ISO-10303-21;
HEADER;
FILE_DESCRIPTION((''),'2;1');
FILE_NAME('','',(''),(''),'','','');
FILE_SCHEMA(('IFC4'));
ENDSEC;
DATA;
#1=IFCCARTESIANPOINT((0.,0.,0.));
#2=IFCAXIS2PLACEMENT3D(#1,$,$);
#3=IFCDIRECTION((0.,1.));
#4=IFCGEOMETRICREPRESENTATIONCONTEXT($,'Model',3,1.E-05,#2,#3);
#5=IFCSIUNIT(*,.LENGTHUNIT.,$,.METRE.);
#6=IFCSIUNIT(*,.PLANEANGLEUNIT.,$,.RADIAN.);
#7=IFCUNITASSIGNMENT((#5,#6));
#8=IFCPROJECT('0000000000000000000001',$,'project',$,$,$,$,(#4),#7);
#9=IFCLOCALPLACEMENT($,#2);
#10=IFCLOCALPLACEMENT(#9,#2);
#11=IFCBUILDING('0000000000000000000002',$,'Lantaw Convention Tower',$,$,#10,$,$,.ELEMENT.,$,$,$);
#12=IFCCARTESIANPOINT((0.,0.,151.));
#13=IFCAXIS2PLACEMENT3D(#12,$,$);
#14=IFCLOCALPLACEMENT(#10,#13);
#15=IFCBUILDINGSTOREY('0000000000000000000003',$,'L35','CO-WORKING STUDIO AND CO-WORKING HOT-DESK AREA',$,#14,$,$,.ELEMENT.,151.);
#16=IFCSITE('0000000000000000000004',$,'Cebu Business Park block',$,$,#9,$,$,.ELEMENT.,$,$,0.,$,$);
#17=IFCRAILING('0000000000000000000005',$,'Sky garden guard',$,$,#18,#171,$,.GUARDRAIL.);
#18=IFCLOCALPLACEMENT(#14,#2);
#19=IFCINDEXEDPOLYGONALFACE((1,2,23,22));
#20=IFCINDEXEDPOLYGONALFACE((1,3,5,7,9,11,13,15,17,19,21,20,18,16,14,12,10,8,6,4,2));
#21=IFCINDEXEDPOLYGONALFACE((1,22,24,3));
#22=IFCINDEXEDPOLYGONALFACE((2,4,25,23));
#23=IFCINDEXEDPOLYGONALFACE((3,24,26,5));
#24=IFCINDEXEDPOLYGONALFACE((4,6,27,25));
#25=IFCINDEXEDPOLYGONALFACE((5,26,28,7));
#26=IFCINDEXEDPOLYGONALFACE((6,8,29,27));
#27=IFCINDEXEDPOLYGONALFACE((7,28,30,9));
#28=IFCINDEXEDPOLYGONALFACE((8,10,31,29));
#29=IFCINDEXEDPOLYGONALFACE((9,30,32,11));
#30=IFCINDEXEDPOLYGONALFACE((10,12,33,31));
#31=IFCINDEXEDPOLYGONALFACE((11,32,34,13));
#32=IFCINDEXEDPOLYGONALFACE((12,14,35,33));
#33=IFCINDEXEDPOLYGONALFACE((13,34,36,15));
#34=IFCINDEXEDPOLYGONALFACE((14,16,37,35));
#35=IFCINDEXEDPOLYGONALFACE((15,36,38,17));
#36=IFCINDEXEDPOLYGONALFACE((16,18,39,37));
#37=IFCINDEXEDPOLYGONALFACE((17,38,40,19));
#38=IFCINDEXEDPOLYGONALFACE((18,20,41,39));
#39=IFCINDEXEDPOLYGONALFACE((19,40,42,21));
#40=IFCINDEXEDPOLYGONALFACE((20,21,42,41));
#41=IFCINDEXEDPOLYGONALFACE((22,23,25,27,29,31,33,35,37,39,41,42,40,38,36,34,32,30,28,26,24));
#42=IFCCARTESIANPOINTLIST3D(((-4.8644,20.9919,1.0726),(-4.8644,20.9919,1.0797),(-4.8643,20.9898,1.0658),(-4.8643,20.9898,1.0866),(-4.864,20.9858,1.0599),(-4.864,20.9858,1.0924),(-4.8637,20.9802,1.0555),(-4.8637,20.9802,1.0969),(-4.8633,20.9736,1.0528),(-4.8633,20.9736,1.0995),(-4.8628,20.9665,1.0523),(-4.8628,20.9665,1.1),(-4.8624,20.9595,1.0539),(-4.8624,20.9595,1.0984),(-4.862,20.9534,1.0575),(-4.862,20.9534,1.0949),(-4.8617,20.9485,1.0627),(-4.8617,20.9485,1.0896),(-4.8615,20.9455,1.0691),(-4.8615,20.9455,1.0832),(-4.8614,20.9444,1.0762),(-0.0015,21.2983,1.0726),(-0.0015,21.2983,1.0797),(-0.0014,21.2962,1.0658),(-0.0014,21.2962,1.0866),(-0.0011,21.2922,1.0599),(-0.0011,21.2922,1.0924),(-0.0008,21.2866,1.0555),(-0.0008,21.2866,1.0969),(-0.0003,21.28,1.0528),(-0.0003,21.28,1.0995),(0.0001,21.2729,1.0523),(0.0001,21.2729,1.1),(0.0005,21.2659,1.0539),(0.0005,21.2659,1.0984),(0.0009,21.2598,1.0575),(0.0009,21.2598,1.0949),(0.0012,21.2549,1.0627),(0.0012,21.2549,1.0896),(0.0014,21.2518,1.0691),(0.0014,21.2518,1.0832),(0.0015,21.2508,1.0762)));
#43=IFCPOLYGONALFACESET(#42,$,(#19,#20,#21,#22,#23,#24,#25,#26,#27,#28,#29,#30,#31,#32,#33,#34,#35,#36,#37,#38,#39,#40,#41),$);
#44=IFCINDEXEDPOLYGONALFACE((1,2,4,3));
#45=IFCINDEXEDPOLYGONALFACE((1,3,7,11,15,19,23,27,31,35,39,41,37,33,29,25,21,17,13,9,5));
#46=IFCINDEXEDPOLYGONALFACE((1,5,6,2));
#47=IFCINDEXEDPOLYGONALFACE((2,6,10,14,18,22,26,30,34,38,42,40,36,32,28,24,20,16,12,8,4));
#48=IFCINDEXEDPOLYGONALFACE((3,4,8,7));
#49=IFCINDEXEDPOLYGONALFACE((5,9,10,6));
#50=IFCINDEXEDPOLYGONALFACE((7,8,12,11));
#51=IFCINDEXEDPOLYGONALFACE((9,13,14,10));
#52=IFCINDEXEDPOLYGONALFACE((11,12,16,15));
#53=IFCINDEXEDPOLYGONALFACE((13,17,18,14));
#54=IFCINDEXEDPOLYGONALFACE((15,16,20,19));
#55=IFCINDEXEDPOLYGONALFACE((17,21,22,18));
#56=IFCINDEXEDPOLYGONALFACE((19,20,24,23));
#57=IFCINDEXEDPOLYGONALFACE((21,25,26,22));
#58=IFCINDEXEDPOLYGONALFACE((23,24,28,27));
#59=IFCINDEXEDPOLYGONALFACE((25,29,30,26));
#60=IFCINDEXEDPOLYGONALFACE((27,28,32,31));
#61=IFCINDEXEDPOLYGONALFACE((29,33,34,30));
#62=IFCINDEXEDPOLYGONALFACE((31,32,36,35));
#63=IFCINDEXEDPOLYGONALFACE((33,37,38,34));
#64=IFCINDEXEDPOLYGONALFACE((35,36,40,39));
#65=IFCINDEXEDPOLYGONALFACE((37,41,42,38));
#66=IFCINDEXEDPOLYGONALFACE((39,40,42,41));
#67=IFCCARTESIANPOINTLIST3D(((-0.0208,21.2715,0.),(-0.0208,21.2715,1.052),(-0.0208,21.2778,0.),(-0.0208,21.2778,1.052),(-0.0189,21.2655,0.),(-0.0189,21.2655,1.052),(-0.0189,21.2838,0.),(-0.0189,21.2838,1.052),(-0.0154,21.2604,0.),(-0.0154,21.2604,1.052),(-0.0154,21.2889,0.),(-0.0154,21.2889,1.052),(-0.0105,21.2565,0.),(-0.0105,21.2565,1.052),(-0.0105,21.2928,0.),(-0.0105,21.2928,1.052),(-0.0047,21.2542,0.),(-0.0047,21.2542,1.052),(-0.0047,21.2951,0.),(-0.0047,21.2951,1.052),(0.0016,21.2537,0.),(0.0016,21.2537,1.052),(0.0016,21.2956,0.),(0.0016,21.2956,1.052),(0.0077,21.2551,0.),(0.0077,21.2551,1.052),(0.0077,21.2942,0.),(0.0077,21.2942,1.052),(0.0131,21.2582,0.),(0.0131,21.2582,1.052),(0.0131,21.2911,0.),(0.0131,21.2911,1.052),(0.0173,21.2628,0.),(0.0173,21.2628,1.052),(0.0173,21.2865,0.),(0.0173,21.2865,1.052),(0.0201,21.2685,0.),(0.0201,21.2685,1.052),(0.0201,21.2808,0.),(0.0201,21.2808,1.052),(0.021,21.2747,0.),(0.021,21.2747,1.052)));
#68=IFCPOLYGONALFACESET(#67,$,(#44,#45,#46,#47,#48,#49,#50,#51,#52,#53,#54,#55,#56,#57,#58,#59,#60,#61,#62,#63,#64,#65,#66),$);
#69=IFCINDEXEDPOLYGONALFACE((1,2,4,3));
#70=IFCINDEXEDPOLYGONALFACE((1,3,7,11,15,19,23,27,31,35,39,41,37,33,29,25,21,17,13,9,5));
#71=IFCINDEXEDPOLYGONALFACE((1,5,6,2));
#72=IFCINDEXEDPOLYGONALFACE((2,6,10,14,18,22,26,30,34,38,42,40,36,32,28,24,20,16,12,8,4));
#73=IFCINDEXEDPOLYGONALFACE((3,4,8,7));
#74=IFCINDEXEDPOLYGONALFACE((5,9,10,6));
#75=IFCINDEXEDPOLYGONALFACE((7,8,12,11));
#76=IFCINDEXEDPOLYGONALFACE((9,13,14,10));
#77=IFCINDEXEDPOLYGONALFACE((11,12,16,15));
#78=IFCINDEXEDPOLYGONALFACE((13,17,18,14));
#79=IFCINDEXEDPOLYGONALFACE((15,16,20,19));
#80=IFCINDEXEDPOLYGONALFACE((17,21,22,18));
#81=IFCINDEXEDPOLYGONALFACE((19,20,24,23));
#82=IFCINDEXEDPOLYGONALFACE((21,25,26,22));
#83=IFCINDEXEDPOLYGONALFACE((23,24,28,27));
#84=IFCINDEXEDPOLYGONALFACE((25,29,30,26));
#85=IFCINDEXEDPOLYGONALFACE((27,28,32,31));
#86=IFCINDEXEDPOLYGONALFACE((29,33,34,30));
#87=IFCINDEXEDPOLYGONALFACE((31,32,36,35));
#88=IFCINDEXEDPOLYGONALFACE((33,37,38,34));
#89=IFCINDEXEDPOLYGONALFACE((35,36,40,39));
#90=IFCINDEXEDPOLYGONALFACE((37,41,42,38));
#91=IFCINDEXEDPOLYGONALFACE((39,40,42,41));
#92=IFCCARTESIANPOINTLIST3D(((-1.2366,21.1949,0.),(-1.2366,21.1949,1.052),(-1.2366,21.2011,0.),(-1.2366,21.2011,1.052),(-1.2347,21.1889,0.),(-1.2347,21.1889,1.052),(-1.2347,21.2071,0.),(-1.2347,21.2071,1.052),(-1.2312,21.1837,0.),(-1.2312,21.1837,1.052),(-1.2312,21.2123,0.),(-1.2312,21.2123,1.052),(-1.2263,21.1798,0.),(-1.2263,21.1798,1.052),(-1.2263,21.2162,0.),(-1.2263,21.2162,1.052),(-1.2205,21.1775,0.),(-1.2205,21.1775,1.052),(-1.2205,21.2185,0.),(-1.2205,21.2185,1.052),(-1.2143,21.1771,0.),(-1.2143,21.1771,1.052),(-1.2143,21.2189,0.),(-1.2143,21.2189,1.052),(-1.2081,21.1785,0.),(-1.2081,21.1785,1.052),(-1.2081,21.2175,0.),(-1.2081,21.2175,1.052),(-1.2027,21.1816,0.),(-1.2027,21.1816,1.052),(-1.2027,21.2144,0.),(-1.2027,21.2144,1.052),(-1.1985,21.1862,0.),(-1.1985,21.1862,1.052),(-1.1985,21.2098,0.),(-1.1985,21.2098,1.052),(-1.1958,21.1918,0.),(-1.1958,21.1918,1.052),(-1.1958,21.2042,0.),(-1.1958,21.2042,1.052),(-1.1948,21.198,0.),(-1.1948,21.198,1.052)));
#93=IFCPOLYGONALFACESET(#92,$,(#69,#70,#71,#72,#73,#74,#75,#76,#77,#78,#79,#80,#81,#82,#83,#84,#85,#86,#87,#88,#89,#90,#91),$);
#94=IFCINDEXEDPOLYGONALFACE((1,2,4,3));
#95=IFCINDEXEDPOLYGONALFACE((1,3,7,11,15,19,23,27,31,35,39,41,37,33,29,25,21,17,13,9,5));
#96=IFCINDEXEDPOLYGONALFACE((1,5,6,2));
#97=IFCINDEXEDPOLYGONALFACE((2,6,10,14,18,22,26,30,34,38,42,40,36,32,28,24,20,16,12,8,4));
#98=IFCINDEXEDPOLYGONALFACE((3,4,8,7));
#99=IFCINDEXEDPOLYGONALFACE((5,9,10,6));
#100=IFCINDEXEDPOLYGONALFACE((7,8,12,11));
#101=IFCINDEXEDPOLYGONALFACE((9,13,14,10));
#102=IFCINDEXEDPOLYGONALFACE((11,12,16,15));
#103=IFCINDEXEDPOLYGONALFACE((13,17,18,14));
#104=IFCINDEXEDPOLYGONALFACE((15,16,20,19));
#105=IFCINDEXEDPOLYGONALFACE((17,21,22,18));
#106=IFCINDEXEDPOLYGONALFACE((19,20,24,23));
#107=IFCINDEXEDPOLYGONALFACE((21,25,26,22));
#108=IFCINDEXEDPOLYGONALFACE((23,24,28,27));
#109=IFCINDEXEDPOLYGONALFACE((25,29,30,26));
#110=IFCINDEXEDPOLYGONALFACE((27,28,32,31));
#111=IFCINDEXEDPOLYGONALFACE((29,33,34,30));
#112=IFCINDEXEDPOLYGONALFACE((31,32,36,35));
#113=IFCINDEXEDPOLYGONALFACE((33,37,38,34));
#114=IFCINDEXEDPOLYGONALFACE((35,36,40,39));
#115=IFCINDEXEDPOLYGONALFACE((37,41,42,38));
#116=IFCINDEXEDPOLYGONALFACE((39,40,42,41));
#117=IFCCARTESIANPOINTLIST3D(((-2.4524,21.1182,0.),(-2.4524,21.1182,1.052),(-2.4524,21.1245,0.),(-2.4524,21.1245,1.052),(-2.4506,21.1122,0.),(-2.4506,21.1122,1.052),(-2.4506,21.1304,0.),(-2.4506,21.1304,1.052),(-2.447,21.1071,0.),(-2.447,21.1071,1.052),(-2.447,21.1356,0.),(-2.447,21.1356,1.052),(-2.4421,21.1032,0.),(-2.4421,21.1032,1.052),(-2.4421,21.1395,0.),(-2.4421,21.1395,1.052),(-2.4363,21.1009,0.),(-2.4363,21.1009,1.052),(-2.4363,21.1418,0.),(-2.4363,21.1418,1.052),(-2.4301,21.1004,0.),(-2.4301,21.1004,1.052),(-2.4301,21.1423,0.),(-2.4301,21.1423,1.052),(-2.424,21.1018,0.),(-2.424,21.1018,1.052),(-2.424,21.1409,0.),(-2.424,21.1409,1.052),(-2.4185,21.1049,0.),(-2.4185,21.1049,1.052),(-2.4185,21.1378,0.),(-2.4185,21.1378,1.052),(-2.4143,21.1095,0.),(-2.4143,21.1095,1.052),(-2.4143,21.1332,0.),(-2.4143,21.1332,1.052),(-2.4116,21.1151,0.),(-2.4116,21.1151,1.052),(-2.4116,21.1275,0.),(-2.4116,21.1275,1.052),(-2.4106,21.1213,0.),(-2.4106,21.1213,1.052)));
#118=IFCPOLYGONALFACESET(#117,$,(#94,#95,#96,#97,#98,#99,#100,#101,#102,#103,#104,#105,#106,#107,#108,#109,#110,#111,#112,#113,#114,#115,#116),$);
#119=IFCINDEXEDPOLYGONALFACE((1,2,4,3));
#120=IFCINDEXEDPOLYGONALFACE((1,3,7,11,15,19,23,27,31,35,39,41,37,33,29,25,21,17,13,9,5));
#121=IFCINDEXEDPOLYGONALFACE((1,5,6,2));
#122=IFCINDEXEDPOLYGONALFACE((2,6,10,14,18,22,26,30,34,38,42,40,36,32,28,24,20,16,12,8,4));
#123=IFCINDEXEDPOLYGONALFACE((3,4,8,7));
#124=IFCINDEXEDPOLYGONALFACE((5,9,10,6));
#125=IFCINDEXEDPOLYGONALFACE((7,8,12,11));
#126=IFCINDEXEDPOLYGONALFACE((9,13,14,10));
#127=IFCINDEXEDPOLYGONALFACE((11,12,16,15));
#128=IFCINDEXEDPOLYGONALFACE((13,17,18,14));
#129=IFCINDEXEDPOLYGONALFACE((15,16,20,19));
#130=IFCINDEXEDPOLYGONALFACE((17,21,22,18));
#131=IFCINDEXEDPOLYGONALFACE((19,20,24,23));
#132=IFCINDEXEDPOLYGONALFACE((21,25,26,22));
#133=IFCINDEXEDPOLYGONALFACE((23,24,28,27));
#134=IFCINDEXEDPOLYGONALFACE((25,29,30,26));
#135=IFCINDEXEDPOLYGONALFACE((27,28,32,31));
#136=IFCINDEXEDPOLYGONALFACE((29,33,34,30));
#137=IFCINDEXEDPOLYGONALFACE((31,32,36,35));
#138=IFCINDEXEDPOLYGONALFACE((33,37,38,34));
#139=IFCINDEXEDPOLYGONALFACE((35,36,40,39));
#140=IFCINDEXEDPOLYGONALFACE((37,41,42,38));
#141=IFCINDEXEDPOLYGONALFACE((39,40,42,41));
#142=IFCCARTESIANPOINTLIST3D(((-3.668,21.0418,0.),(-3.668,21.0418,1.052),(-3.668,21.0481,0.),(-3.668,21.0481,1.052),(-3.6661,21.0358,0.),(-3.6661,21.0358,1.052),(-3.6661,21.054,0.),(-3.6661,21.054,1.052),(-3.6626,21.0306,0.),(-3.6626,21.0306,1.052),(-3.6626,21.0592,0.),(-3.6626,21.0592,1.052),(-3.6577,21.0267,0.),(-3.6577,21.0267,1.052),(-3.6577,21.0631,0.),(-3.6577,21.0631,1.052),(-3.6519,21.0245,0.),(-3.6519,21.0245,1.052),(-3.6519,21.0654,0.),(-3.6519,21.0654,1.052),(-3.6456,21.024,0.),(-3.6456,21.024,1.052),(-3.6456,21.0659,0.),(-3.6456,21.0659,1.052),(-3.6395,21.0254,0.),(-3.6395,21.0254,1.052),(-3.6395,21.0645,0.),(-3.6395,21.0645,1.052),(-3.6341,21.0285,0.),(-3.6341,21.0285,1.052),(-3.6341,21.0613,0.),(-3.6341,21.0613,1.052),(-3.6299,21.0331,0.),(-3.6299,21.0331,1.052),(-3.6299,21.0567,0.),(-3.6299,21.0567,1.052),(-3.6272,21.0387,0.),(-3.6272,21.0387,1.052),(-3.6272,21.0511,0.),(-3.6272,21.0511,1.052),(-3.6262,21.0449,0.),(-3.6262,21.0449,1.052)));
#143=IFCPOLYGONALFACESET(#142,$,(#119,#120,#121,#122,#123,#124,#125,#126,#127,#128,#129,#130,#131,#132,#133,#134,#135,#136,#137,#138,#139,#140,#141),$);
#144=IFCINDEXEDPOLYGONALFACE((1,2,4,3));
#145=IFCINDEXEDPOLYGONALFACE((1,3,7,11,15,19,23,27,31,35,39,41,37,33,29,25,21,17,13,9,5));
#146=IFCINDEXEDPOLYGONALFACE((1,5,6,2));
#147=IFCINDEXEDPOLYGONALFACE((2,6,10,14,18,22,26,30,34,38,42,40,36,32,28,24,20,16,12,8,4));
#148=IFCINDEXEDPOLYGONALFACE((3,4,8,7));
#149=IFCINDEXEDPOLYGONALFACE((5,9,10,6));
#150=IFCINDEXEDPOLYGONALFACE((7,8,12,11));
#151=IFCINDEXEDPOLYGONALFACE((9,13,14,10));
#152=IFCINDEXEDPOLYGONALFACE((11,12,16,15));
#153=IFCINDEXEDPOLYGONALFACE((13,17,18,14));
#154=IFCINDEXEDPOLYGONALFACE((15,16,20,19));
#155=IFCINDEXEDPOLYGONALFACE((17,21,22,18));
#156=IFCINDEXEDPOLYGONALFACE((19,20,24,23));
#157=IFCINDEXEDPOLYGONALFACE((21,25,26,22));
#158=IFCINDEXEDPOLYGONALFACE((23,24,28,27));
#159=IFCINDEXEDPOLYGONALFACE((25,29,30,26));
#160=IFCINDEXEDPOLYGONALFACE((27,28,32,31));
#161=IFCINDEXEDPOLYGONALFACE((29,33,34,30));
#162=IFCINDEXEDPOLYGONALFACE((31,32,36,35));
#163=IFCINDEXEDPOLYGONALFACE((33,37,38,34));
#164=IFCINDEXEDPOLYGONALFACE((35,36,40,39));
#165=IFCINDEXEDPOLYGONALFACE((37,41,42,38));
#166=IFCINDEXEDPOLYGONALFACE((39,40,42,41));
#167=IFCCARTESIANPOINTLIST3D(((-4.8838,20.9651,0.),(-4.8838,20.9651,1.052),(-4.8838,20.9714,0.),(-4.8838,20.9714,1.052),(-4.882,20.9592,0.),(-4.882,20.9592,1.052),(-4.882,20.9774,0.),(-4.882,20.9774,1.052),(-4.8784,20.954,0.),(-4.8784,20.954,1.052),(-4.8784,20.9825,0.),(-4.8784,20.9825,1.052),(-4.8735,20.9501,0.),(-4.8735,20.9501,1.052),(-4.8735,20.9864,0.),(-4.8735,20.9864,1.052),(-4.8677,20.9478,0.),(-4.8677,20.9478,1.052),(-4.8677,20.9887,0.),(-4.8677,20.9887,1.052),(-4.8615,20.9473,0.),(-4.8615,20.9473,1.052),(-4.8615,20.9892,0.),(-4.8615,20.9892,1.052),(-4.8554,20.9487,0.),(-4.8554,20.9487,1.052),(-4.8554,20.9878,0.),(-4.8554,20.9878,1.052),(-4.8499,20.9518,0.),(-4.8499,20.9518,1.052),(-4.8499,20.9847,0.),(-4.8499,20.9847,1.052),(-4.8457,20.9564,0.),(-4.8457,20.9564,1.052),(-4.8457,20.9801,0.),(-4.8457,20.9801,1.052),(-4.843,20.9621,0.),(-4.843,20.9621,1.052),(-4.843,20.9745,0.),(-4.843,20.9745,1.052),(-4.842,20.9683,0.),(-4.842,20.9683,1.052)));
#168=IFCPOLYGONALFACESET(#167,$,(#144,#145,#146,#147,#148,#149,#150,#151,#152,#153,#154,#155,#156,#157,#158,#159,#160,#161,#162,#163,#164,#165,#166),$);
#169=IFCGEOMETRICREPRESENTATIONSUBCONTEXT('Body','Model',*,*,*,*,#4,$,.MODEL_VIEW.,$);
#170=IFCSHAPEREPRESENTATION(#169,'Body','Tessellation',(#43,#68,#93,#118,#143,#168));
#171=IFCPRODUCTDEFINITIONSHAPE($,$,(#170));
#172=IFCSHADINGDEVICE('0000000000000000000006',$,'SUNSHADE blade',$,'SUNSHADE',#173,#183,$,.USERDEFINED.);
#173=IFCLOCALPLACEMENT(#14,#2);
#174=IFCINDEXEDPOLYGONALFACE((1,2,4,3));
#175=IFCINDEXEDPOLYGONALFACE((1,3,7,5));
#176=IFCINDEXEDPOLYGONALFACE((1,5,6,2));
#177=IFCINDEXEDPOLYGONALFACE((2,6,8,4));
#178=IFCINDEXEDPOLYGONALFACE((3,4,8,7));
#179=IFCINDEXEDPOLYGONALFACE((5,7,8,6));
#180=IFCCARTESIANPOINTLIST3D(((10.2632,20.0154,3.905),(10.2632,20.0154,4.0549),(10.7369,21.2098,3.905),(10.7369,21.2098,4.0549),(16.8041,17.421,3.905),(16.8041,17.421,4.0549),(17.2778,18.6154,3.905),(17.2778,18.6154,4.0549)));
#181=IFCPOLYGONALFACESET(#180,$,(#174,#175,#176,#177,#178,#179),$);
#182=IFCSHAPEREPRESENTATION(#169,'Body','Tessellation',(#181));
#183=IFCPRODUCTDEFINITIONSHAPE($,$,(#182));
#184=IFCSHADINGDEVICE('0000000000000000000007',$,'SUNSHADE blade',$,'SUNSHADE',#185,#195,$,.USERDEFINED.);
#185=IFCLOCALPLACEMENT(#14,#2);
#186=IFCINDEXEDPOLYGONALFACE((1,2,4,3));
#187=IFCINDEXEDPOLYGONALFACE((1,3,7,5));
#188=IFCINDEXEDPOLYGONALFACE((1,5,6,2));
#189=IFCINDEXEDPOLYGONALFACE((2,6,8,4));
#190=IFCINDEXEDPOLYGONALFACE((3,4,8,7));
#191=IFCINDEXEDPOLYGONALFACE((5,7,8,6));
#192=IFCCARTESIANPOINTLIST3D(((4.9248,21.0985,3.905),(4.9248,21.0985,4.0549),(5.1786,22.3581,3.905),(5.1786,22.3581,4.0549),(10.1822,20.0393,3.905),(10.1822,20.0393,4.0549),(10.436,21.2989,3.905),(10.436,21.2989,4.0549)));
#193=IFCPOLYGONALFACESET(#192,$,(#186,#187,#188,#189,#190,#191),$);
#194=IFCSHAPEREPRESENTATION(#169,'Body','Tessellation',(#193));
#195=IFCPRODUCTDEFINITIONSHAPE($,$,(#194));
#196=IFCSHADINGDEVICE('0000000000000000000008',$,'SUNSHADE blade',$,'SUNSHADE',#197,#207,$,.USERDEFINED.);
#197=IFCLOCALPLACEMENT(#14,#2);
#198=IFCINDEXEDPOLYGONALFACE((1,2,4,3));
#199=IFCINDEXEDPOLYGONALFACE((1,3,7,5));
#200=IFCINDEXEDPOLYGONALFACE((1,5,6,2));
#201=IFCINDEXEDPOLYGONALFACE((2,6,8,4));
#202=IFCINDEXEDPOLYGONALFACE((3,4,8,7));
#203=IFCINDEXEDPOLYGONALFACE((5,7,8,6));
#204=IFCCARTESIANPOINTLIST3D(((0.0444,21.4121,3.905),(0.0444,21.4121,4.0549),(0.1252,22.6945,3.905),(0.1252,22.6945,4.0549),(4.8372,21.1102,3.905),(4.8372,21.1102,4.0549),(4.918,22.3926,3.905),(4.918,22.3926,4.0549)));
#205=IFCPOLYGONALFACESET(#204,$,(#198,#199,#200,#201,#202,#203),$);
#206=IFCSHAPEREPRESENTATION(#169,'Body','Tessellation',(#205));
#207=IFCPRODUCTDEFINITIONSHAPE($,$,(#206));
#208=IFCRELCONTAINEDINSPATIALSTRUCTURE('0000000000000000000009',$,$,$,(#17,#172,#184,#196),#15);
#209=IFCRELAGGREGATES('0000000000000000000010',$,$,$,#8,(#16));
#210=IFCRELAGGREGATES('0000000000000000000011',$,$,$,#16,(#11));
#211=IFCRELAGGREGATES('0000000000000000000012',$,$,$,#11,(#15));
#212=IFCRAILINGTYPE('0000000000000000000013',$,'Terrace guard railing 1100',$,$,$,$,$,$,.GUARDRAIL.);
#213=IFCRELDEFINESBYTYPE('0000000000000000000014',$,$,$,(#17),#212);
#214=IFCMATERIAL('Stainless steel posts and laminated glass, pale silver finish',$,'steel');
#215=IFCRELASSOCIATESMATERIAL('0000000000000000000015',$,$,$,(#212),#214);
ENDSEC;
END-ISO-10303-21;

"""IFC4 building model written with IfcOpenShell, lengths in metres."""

from ifc_helpers import new_model, si_unit, direction, frame, origin, origin_2d, place, context, subcontext, project, spatial, rectangle, circle, extrude, material, type_object, element, save


model = new_model("IFC4")

# Units and contexts
model_context = context("Model", 3, precision=1e-05, world=origin(), true_north=direction((0.0, 1.0)))
body_context = subcontext(model_context, "Body", "Model", "MODEL_VIEW")
ifc_project = project(units=[si_unit("LENGTHUNIT", "METRE"), si_unit("PLANEANGLEUNIT", "RADIAN")], contexts=[model_context])

# Site, building, storey
site_placement = place(None, origin())
site = spatial("IfcSite", under=ifc_project, at=site_placement, Name="Cebu Business Park block", CompositionType="ELEMENT", RefElevation=0.0)
building_placement = place(site_placement, origin())
building = spatial("IfcBuilding", under=site, at=building_placement, Name="Lantaw Convention Tower", CompositionType="ELEMENT")
storey_placement = place(building_placement, frame((0.0, 0.0, 151.0)))
storey = spatial("IfcBuildingStorey", under=building, at=storey_placement, Name="L35", Description="CO-WORKING STUDIO AND CO-WORKING HOT-DESK AREA", CompositionType="ELEMENT", Elevation=151.0)

# Railing
ifc_material_1 = material(Name="Stainless steel posts and laminated glass, pale silver finish", Category="steel")
railing_type = type_object("IfcRailingType", Name="Terrace guard railing 1100", PredefinedType="GUARDRAIL", material=ifc_material_1)
railing_1_placement = place(storey_placement, frame((0.0, 21.2747, 0.0)))
element("IfcRailing", 1, at=railing_1_placement, inside=storey, type_object=railing_type, Name="Sky garden guard", PredefinedType="GUARDRAIL", context=body_context, shape_type="SweptSolid", body=[
    extrude(circle(Radius=0.0239, at=origin_2d()), frame((0.0, 0.0, 1.0762), z_axis=(-0.998021, -0.06288, 0.0), x_axis=(0.06288, -0.998021, 0.0)), (0.0, 0.0, 1.0), 4.8726),
    extrude(circle(Radius=0.021, at=origin_2d()), origin(), (0.0, 0.0, 1.0), 1.052),
    extrude(circle(Radius=0.021, at=origin_2d()), frame((-1.2158, -0.0767, 0.0)), (0.0, 0.0, 1.0), 1.052),
    extrude(circle(Radius=0.021, at=origin_2d()), frame((-2.4316, -0.1533, 0.0)), (0.0, 0.0, 1.0), 1.052),
    extrude(circle(Radius=0.021, at=origin_2d()), frame((-3.6472, -0.2297, 0.0)), (0.0, 0.0, 1.0), 1.052),
    extrude(circle(Radius=0.021, at=origin_2d()), frame((-4.863, -0.3064, 0.0)), (0.0, 0.0, 1.0), 1.052),
])

# Shading devices
shading_device_1_placement = place(storey_placement, frame((13.7705, 19.3154, 3.905), z_axis=(0.0, 0.0, 1.0), x_axis=(-0.929548, 0.368702, 0.0)))
element("IfcShadingDevice", 2, at=shading_device_1_placement, inside=storey, Name="SUNSHADE blade", ObjectType="SUNSHADE", PredefinedType="USERDEFINED", context=body_context, shape_type="SweptSolid", body=[
    extrude(rectangle(XDim=7.0366, YDim=1.2849, at=origin_2d()), origin(), (0.0, 0.0, 1.0), 0.1499),
])
shading_device_2_placement = place(storey_placement, frame((7.6804, 21.1987, 3.905), z_axis=(0.0, 0.0, 1.0), x_axis=(-0.980302, 0.197507, 0.0)))
element("IfcShadingDevice", 3, at=shading_device_2_placement, inside=storey, Name="SUNSHADE blade", ObjectType="SUNSHADE", PredefinedType="USERDEFINED", context=body_context, shape_type="SweptSolid", body=[
    extrude(rectangle(XDim=5.363, YDim=1.2849, at=origin_2d()), origin(), (0.0, 0.0, 1.0), 0.1499),
])
shading_device_3_placement = place(storey_placement, frame((2.4812, 21.9023, 3.905), z_axis=(0.0, 0.0, 1.0), x_axis=(-0.998022, 0.062865, 0.0)))
element("IfcShadingDevice", 4, at=shading_device_3_placement, inside=storey, Name="SUNSHADE blade", ObjectType="SUNSHADE", PredefinedType="USERDEFINED", context=body_context, shape_type="SweptSolid", body=[
    extrude(rectangle(XDim=4.8022, YDim=1.2849, at=origin_2d()), origin(), (0.0, 0.0, 1.0), 0.1499),
])

save(model, "model.ifc")
